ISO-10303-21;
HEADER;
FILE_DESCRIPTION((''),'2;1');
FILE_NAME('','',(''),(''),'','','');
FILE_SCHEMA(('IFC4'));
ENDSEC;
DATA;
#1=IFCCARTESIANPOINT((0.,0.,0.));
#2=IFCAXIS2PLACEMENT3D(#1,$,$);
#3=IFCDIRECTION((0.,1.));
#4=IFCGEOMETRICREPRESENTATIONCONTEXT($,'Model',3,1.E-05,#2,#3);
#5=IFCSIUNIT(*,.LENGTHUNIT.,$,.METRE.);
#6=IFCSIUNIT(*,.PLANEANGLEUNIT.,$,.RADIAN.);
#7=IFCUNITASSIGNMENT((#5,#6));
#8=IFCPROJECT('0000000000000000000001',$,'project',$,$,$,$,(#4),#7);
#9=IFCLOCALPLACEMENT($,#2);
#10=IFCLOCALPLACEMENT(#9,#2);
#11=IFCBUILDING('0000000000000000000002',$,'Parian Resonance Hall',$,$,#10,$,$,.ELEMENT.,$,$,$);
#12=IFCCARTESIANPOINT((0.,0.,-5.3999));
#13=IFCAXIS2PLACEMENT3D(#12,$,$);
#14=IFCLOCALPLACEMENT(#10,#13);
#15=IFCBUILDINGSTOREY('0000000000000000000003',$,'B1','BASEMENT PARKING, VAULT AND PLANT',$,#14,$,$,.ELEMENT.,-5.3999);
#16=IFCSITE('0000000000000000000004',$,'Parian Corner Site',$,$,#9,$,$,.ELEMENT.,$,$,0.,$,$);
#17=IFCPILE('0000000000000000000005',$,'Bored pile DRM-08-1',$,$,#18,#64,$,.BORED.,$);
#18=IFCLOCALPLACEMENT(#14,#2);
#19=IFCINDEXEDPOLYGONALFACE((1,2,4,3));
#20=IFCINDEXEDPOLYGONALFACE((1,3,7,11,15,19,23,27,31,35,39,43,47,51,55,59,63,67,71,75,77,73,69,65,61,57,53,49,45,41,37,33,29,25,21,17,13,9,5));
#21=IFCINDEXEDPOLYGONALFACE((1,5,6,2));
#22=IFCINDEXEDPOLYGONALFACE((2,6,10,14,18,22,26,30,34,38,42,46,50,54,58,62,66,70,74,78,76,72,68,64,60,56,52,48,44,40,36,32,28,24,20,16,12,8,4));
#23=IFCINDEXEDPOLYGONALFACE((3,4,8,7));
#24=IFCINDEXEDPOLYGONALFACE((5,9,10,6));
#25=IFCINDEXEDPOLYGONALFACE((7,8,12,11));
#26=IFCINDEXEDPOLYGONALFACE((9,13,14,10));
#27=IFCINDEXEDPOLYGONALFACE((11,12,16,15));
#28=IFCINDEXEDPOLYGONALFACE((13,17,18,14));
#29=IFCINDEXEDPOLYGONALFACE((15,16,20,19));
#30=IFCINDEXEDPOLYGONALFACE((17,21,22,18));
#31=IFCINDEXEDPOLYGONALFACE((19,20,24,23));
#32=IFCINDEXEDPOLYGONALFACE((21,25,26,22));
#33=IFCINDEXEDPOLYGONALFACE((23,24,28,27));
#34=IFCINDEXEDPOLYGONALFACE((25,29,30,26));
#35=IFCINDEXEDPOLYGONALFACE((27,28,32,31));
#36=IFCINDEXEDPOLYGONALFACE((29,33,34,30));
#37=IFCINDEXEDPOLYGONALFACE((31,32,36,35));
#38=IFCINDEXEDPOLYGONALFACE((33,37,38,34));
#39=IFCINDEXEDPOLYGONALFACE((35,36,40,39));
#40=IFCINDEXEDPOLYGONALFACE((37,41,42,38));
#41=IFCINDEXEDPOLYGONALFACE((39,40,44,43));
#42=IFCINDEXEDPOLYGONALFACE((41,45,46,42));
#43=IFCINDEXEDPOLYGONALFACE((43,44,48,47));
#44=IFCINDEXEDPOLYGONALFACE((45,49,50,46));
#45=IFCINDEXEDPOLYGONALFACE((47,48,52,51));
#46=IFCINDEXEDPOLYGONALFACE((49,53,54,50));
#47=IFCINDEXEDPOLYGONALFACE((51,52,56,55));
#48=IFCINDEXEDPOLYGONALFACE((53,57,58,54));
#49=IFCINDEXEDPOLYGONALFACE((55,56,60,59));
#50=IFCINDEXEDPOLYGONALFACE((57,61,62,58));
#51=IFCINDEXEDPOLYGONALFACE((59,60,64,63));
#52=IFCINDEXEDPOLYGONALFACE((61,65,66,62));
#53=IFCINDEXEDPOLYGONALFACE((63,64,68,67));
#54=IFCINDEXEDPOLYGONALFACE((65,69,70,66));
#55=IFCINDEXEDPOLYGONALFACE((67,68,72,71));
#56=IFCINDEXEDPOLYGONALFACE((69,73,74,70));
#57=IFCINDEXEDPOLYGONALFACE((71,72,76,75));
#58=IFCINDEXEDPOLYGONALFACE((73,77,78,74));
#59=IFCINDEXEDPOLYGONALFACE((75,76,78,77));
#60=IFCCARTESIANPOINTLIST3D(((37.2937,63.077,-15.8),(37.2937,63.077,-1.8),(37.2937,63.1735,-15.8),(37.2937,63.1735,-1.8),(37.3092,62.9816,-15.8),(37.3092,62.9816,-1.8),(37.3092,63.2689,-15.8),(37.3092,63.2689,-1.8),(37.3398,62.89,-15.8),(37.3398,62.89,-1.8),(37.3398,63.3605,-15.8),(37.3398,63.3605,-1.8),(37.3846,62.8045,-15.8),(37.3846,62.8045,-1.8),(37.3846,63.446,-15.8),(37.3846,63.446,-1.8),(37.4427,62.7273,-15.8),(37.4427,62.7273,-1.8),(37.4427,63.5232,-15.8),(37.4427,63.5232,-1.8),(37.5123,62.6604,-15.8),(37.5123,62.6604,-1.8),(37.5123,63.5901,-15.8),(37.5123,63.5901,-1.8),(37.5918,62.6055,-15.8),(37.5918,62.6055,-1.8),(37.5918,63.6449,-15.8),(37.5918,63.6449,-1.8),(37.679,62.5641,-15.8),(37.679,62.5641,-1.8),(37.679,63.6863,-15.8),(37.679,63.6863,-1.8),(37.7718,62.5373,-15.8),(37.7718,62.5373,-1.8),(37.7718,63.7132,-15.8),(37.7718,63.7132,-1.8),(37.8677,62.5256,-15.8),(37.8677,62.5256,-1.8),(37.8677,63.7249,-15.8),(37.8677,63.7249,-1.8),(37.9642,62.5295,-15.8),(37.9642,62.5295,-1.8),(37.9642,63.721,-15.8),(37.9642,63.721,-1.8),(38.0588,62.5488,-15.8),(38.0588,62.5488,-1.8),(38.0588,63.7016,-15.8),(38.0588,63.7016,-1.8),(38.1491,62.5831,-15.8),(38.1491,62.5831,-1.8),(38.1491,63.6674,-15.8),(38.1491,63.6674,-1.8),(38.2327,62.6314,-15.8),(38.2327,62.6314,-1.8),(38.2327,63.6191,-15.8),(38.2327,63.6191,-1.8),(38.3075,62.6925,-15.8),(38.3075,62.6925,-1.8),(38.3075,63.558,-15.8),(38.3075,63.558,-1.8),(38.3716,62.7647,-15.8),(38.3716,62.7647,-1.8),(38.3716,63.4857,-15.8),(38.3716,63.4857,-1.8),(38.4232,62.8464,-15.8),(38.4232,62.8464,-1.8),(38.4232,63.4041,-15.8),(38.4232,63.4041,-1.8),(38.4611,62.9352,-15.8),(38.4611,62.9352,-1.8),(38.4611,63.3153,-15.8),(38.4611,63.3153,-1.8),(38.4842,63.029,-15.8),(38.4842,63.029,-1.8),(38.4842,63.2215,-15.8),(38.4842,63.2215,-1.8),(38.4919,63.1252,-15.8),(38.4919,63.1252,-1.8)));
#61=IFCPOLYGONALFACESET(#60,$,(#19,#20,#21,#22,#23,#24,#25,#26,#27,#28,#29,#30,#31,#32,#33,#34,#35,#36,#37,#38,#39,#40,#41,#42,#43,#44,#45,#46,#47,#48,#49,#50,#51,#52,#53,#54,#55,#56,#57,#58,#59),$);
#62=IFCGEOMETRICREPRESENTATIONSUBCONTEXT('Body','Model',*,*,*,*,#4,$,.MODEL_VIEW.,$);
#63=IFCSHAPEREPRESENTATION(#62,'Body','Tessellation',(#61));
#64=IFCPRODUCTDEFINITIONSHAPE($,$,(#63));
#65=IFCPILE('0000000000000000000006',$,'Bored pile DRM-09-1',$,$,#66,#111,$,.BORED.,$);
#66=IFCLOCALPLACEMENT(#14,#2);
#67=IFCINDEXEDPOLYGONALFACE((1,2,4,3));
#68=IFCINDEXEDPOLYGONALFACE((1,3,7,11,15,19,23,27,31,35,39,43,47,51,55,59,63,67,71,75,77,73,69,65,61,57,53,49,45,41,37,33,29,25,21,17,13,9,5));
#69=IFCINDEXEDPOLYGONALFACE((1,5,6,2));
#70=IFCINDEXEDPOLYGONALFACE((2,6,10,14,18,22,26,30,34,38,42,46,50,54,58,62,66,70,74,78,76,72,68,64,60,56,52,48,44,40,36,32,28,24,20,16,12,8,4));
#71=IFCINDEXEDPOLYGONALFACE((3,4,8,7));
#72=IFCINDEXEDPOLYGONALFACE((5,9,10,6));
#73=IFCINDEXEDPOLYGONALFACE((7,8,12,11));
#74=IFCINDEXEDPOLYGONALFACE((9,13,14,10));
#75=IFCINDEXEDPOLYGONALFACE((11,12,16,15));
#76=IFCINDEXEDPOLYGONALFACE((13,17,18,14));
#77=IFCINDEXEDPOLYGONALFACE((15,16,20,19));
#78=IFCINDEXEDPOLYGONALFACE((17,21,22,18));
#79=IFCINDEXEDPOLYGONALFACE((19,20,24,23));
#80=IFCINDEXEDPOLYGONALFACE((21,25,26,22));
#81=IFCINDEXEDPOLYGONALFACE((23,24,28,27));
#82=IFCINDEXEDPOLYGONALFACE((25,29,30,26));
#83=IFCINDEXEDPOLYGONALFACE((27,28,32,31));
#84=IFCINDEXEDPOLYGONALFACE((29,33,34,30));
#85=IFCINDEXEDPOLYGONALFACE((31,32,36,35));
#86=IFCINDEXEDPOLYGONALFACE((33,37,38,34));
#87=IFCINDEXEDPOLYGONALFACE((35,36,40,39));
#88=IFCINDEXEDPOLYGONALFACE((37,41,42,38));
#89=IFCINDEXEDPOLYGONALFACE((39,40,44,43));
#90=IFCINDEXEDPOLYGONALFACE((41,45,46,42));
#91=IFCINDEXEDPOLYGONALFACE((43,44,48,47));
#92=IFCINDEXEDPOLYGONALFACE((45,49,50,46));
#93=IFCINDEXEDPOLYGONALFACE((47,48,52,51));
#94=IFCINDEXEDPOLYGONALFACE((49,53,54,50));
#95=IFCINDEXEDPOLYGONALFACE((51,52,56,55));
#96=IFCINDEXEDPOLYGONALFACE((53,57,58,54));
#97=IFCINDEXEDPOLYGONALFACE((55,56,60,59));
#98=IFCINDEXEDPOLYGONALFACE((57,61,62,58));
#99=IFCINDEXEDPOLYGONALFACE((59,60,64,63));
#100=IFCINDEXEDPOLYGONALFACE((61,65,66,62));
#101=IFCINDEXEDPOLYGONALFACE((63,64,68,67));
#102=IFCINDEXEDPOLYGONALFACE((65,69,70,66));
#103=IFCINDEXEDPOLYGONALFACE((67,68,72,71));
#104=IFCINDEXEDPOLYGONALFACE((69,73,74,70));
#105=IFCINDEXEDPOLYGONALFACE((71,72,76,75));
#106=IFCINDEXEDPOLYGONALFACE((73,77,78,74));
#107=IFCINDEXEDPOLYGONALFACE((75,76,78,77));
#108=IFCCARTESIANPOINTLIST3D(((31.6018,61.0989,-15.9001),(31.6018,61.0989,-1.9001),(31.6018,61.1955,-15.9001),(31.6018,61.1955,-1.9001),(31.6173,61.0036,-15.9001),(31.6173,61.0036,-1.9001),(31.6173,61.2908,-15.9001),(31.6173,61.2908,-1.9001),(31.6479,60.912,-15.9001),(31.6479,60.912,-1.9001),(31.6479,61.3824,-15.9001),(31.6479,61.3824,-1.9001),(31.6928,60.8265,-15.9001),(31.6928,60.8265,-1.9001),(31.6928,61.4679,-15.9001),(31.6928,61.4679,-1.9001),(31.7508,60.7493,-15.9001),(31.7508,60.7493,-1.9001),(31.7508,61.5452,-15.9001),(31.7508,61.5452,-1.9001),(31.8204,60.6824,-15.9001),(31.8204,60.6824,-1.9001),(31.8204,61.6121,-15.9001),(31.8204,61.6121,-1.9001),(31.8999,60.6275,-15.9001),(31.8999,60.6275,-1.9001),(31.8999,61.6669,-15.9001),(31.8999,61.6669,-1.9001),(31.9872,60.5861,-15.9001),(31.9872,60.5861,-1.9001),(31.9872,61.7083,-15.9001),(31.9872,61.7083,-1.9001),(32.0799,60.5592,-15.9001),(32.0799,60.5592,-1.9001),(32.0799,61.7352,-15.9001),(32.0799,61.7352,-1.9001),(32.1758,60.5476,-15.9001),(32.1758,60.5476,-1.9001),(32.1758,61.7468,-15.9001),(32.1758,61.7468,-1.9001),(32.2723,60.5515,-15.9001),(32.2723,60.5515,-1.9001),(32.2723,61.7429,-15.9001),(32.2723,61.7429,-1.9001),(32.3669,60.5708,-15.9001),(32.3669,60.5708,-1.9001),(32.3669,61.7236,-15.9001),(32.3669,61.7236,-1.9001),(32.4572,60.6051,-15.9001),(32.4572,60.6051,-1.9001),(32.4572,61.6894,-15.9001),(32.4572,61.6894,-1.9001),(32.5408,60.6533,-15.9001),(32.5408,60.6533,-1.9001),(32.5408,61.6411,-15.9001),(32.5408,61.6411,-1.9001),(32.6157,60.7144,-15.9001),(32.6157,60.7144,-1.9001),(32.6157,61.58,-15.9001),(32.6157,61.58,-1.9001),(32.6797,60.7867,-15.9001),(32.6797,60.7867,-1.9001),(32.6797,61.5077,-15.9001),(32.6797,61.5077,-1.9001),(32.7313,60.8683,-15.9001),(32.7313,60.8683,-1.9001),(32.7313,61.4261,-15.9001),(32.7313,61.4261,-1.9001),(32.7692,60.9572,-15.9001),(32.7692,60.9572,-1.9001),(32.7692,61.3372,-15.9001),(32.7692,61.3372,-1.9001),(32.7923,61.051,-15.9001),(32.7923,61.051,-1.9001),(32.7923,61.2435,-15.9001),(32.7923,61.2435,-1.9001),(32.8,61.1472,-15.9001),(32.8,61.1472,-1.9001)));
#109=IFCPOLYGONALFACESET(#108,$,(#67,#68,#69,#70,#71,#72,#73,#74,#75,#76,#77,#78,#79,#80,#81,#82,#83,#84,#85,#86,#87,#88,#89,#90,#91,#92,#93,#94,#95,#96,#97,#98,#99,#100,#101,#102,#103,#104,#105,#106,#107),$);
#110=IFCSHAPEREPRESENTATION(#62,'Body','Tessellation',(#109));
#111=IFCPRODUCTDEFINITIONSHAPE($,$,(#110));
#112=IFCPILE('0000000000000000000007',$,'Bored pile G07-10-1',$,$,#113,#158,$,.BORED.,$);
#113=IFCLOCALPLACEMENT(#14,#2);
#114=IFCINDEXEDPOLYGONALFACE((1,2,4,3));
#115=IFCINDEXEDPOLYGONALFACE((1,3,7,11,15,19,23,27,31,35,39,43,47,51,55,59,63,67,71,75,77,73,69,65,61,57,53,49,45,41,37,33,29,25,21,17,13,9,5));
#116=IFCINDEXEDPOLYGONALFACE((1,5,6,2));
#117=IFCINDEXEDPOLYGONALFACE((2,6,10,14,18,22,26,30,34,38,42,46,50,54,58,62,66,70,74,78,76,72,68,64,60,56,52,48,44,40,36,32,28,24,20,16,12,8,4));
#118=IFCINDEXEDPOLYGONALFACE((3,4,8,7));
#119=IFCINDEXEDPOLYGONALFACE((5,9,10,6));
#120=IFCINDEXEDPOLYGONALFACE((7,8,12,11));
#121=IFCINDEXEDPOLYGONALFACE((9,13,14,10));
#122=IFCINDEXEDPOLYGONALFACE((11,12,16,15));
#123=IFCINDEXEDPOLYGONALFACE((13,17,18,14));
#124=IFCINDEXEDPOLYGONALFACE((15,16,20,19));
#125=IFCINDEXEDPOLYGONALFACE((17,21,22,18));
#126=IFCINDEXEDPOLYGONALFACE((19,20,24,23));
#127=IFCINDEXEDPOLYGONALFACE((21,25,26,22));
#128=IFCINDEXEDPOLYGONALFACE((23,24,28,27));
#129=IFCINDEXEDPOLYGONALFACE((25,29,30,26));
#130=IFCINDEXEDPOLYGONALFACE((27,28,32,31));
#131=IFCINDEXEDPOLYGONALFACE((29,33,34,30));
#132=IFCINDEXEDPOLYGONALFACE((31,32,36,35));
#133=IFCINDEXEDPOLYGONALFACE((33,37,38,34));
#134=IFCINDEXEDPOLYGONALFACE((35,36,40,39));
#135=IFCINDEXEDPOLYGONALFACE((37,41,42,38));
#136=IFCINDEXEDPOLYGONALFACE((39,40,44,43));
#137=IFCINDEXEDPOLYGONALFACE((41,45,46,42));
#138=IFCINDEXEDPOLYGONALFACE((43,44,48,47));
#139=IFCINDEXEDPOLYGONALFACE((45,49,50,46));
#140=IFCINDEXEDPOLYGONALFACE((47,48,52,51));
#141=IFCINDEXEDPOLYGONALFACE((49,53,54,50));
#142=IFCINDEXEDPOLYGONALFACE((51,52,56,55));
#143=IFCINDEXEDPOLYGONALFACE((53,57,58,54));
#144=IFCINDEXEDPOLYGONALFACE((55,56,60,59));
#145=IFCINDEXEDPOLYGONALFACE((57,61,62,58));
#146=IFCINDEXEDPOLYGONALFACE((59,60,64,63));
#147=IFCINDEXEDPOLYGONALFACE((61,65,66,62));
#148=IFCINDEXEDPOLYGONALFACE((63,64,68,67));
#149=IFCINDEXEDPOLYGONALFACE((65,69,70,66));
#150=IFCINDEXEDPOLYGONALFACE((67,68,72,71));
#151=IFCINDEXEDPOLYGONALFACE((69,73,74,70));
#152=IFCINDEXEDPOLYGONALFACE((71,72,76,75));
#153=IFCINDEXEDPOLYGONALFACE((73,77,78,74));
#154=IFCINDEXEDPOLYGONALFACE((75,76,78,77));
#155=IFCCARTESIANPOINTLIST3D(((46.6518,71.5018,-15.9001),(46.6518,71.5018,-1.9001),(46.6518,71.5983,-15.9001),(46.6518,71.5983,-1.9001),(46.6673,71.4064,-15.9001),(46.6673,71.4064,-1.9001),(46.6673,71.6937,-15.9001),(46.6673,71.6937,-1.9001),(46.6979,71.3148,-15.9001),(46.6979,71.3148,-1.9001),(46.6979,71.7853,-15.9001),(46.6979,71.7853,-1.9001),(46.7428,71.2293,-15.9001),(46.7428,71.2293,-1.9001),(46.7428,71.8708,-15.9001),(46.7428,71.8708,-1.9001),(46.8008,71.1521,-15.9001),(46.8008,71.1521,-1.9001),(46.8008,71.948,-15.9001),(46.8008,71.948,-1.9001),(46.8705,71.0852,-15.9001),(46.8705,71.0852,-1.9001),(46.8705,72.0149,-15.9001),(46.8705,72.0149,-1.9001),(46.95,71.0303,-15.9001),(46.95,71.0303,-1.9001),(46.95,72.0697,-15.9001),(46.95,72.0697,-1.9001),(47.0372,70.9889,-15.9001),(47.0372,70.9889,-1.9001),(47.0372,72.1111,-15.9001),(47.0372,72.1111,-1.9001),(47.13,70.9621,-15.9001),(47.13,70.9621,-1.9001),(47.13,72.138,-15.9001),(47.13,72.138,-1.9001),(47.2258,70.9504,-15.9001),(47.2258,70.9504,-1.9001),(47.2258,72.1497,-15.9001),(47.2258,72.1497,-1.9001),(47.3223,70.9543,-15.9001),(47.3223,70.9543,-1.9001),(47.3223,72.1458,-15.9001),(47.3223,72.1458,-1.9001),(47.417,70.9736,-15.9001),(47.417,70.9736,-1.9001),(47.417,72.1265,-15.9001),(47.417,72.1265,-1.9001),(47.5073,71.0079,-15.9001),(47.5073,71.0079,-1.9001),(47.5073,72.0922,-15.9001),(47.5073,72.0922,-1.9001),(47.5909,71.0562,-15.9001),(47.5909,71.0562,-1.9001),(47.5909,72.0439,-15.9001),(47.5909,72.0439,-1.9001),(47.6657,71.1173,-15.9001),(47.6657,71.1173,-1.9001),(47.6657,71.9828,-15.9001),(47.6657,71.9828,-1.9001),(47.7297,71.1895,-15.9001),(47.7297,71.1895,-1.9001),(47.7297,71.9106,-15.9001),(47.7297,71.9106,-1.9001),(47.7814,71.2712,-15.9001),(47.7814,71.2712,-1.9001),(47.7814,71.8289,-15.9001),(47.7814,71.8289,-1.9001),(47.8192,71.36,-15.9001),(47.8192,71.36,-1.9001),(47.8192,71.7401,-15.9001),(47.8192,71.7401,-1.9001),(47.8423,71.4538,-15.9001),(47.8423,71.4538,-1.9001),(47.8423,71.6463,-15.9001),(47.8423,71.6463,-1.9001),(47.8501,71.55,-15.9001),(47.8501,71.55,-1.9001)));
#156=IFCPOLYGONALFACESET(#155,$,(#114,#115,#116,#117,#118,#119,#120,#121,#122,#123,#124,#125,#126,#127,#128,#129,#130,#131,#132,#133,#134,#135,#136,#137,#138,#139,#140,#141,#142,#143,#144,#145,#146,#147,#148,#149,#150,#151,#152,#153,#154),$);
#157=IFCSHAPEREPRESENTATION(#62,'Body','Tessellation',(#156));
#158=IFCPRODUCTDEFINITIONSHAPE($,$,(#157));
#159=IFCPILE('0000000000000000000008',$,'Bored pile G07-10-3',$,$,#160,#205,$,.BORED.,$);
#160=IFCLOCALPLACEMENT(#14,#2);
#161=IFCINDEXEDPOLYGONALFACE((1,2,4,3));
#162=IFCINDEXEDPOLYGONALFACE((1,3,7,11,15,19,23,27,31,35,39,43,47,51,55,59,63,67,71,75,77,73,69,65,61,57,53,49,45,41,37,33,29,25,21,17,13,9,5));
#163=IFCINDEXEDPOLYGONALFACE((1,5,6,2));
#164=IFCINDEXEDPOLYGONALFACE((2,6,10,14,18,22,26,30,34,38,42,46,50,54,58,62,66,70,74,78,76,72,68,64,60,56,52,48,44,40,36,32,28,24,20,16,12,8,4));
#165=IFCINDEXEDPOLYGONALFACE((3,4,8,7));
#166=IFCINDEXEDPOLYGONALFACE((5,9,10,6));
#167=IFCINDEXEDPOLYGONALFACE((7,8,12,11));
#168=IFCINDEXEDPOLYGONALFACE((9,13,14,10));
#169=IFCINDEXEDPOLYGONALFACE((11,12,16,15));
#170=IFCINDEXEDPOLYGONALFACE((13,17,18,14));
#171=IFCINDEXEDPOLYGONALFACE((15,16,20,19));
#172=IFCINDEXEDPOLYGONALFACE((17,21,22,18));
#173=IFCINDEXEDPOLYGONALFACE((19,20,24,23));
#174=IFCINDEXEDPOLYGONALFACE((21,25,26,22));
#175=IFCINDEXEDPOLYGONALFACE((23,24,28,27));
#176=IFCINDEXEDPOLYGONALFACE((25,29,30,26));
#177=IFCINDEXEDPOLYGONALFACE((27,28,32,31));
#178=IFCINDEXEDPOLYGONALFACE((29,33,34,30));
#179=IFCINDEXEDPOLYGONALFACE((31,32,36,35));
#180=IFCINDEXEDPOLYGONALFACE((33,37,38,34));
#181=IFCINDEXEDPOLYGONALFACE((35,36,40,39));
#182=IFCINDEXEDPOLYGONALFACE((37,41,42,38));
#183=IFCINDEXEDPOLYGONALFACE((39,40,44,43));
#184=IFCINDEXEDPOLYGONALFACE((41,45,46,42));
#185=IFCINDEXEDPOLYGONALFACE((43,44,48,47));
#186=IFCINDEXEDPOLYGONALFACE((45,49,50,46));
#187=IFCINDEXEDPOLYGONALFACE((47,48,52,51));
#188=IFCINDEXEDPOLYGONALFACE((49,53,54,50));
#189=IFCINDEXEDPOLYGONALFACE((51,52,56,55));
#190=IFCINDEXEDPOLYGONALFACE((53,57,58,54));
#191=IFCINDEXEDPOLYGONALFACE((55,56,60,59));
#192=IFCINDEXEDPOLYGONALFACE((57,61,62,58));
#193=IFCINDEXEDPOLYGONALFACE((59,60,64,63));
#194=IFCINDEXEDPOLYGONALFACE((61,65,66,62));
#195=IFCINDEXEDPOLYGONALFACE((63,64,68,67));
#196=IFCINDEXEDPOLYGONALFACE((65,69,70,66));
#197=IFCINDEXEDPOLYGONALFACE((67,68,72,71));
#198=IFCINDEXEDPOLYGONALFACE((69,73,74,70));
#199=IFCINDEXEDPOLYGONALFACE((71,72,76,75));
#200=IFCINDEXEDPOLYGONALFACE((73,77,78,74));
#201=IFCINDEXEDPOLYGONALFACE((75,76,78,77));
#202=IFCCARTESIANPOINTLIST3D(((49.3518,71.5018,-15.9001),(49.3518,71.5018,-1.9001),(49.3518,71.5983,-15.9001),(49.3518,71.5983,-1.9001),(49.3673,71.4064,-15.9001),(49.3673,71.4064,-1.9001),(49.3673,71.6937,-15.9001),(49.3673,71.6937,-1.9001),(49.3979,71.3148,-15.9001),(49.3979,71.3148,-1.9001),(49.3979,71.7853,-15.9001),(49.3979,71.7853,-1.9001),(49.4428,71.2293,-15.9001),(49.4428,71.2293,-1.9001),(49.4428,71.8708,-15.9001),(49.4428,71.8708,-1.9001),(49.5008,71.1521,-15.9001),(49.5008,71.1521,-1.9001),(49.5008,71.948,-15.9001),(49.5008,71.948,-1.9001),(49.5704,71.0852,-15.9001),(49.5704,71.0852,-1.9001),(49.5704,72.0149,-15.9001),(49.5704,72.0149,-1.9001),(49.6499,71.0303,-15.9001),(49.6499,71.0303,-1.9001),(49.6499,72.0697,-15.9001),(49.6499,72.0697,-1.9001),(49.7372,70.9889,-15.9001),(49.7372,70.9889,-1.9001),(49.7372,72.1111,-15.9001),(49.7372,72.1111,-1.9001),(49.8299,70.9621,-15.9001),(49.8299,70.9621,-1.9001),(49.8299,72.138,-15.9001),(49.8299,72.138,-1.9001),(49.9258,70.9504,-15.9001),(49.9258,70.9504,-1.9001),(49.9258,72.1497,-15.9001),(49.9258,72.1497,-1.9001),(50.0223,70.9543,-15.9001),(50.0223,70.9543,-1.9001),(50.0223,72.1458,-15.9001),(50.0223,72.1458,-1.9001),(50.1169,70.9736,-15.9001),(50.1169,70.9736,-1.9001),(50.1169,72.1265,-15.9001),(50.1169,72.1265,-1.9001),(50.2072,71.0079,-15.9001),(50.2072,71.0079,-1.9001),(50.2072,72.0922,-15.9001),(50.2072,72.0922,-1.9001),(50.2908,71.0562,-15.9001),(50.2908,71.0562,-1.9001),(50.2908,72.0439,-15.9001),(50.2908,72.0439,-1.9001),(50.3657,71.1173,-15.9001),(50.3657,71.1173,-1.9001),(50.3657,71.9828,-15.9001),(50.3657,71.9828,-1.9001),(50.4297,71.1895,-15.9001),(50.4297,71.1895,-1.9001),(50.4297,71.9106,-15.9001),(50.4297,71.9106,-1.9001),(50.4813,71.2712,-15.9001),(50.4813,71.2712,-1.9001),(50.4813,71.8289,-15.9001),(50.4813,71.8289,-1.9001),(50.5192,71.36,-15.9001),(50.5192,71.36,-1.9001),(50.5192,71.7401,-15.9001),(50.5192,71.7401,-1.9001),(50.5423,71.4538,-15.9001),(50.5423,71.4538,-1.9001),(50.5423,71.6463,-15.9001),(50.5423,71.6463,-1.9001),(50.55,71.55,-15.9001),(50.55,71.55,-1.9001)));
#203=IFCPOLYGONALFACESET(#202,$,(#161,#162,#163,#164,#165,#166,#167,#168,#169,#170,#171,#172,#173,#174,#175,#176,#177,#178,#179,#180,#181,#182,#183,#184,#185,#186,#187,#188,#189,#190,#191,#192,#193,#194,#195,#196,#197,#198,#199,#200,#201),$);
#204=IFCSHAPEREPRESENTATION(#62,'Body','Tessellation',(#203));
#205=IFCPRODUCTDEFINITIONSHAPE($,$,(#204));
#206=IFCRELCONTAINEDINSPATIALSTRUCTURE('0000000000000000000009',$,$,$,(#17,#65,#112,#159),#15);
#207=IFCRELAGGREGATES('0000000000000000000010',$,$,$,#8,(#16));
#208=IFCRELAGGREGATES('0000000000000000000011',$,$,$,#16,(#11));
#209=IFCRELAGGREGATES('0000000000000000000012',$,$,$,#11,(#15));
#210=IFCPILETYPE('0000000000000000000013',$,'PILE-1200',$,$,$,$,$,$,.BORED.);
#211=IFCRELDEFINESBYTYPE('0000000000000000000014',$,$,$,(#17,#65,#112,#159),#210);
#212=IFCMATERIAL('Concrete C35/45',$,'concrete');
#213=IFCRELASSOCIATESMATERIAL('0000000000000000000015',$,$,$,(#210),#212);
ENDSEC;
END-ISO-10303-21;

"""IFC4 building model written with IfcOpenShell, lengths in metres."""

from ifc_helpers import new_model, si_unit, direction, frame, origin, origin_2d, place, context, subcontext, project, spatial, circle, extrude, material, material_profile, profile_set, type_object, element, save


model = new_model("IFC4")

# Units and contexts
model_context = context("Model", 3, precision=1e-05, world=origin(), true_north=direction((0.0, 1.0)))
body_context = subcontext(model_context, "Body", "Model", "MODEL_VIEW")
ifc_project = project(units=[si_unit("LENGTHUNIT", "METRE"), si_unit("PLANEANGLEUNIT", "RADIAN")], contexts=[model_context])

# Site, building, storey
site_placement = place(None, origin())
site = spatial("IfcSite", under=ifc_project, at=site_placement, Name="Parian Corner Site", CompositionType="ELEMENT", RefElevation=0.0)
building_placement = place(site_placement, origin())
building = spatial("IfcBuilding", under=site, at=building_placement, Name="Parian Resonance Hall", CompositionType="ELEMENT")
storey_placement = place(building_placement, frame((0.0, 0.0, -5.3999)))
storey = spatial("IfcBuildingStorey", under=building, at=storey_placement, Name="B1", Description="BASEMENT PARKING, VAULT AND PLANT", CompositionType="ELEMENT", Elevation=-5.3999)

# Piles
ifc_material_1 = material(Name="Concrete C35/45", Category="concrete")
ifc_material_profile_1 = material_profile(ifc_material_1, circle(Radius=0.6001, at=origin_2d()), Name="PILE-D1200")
ifc_profile_set_1 = profile_set([ifc_material_profile_1], Name="Concrete C35/45")
pile_type = type_object("IfcPileType", Name="PILE-1200", PredefinedType="BORED", material=ifc_profile_set_1)
for number, where, z_axis, x_axis, name in (
    (1, (37.8918, 63.1252, -1.8), (0.0, 0.0, -1.0), (1.0, 0.0, 0.0), "Bored pile DRM-08-1"),
    (2, (32.2, 61.1472, -1.9001), (0.0, 0.0, -1.0), (1.0, 0.0, 0.0), "Bored pile DRM-09-1"),
    (3, (47.25, 71.55, -1.9001), (0.0, 0.0, -1.0), (1.0, 0.0, 0.0), "Bored pile G07-10-1"),
    (4, (49.95, 71.55, -1.9001), (0.0, 0.0, -1.0), (1.0, 0.0, 0.0), "Bored pile G07-10-3"),
):
    element("IfcPile", number, at=place(storey_placement, frame(where, z_axis=z_axis, x_axis=x_axis)), inside=storey, type_object=pile_type, Name=name, PredefinedType="BORED", context=body_context, shape_type="SweptSolid", body=[
        extrude(circle(Radius=0.6001, at=origin_2d()), origin(), (0.0, 0.0, 1.0), 14.0),
    ])

save(model, "model.ifc")
